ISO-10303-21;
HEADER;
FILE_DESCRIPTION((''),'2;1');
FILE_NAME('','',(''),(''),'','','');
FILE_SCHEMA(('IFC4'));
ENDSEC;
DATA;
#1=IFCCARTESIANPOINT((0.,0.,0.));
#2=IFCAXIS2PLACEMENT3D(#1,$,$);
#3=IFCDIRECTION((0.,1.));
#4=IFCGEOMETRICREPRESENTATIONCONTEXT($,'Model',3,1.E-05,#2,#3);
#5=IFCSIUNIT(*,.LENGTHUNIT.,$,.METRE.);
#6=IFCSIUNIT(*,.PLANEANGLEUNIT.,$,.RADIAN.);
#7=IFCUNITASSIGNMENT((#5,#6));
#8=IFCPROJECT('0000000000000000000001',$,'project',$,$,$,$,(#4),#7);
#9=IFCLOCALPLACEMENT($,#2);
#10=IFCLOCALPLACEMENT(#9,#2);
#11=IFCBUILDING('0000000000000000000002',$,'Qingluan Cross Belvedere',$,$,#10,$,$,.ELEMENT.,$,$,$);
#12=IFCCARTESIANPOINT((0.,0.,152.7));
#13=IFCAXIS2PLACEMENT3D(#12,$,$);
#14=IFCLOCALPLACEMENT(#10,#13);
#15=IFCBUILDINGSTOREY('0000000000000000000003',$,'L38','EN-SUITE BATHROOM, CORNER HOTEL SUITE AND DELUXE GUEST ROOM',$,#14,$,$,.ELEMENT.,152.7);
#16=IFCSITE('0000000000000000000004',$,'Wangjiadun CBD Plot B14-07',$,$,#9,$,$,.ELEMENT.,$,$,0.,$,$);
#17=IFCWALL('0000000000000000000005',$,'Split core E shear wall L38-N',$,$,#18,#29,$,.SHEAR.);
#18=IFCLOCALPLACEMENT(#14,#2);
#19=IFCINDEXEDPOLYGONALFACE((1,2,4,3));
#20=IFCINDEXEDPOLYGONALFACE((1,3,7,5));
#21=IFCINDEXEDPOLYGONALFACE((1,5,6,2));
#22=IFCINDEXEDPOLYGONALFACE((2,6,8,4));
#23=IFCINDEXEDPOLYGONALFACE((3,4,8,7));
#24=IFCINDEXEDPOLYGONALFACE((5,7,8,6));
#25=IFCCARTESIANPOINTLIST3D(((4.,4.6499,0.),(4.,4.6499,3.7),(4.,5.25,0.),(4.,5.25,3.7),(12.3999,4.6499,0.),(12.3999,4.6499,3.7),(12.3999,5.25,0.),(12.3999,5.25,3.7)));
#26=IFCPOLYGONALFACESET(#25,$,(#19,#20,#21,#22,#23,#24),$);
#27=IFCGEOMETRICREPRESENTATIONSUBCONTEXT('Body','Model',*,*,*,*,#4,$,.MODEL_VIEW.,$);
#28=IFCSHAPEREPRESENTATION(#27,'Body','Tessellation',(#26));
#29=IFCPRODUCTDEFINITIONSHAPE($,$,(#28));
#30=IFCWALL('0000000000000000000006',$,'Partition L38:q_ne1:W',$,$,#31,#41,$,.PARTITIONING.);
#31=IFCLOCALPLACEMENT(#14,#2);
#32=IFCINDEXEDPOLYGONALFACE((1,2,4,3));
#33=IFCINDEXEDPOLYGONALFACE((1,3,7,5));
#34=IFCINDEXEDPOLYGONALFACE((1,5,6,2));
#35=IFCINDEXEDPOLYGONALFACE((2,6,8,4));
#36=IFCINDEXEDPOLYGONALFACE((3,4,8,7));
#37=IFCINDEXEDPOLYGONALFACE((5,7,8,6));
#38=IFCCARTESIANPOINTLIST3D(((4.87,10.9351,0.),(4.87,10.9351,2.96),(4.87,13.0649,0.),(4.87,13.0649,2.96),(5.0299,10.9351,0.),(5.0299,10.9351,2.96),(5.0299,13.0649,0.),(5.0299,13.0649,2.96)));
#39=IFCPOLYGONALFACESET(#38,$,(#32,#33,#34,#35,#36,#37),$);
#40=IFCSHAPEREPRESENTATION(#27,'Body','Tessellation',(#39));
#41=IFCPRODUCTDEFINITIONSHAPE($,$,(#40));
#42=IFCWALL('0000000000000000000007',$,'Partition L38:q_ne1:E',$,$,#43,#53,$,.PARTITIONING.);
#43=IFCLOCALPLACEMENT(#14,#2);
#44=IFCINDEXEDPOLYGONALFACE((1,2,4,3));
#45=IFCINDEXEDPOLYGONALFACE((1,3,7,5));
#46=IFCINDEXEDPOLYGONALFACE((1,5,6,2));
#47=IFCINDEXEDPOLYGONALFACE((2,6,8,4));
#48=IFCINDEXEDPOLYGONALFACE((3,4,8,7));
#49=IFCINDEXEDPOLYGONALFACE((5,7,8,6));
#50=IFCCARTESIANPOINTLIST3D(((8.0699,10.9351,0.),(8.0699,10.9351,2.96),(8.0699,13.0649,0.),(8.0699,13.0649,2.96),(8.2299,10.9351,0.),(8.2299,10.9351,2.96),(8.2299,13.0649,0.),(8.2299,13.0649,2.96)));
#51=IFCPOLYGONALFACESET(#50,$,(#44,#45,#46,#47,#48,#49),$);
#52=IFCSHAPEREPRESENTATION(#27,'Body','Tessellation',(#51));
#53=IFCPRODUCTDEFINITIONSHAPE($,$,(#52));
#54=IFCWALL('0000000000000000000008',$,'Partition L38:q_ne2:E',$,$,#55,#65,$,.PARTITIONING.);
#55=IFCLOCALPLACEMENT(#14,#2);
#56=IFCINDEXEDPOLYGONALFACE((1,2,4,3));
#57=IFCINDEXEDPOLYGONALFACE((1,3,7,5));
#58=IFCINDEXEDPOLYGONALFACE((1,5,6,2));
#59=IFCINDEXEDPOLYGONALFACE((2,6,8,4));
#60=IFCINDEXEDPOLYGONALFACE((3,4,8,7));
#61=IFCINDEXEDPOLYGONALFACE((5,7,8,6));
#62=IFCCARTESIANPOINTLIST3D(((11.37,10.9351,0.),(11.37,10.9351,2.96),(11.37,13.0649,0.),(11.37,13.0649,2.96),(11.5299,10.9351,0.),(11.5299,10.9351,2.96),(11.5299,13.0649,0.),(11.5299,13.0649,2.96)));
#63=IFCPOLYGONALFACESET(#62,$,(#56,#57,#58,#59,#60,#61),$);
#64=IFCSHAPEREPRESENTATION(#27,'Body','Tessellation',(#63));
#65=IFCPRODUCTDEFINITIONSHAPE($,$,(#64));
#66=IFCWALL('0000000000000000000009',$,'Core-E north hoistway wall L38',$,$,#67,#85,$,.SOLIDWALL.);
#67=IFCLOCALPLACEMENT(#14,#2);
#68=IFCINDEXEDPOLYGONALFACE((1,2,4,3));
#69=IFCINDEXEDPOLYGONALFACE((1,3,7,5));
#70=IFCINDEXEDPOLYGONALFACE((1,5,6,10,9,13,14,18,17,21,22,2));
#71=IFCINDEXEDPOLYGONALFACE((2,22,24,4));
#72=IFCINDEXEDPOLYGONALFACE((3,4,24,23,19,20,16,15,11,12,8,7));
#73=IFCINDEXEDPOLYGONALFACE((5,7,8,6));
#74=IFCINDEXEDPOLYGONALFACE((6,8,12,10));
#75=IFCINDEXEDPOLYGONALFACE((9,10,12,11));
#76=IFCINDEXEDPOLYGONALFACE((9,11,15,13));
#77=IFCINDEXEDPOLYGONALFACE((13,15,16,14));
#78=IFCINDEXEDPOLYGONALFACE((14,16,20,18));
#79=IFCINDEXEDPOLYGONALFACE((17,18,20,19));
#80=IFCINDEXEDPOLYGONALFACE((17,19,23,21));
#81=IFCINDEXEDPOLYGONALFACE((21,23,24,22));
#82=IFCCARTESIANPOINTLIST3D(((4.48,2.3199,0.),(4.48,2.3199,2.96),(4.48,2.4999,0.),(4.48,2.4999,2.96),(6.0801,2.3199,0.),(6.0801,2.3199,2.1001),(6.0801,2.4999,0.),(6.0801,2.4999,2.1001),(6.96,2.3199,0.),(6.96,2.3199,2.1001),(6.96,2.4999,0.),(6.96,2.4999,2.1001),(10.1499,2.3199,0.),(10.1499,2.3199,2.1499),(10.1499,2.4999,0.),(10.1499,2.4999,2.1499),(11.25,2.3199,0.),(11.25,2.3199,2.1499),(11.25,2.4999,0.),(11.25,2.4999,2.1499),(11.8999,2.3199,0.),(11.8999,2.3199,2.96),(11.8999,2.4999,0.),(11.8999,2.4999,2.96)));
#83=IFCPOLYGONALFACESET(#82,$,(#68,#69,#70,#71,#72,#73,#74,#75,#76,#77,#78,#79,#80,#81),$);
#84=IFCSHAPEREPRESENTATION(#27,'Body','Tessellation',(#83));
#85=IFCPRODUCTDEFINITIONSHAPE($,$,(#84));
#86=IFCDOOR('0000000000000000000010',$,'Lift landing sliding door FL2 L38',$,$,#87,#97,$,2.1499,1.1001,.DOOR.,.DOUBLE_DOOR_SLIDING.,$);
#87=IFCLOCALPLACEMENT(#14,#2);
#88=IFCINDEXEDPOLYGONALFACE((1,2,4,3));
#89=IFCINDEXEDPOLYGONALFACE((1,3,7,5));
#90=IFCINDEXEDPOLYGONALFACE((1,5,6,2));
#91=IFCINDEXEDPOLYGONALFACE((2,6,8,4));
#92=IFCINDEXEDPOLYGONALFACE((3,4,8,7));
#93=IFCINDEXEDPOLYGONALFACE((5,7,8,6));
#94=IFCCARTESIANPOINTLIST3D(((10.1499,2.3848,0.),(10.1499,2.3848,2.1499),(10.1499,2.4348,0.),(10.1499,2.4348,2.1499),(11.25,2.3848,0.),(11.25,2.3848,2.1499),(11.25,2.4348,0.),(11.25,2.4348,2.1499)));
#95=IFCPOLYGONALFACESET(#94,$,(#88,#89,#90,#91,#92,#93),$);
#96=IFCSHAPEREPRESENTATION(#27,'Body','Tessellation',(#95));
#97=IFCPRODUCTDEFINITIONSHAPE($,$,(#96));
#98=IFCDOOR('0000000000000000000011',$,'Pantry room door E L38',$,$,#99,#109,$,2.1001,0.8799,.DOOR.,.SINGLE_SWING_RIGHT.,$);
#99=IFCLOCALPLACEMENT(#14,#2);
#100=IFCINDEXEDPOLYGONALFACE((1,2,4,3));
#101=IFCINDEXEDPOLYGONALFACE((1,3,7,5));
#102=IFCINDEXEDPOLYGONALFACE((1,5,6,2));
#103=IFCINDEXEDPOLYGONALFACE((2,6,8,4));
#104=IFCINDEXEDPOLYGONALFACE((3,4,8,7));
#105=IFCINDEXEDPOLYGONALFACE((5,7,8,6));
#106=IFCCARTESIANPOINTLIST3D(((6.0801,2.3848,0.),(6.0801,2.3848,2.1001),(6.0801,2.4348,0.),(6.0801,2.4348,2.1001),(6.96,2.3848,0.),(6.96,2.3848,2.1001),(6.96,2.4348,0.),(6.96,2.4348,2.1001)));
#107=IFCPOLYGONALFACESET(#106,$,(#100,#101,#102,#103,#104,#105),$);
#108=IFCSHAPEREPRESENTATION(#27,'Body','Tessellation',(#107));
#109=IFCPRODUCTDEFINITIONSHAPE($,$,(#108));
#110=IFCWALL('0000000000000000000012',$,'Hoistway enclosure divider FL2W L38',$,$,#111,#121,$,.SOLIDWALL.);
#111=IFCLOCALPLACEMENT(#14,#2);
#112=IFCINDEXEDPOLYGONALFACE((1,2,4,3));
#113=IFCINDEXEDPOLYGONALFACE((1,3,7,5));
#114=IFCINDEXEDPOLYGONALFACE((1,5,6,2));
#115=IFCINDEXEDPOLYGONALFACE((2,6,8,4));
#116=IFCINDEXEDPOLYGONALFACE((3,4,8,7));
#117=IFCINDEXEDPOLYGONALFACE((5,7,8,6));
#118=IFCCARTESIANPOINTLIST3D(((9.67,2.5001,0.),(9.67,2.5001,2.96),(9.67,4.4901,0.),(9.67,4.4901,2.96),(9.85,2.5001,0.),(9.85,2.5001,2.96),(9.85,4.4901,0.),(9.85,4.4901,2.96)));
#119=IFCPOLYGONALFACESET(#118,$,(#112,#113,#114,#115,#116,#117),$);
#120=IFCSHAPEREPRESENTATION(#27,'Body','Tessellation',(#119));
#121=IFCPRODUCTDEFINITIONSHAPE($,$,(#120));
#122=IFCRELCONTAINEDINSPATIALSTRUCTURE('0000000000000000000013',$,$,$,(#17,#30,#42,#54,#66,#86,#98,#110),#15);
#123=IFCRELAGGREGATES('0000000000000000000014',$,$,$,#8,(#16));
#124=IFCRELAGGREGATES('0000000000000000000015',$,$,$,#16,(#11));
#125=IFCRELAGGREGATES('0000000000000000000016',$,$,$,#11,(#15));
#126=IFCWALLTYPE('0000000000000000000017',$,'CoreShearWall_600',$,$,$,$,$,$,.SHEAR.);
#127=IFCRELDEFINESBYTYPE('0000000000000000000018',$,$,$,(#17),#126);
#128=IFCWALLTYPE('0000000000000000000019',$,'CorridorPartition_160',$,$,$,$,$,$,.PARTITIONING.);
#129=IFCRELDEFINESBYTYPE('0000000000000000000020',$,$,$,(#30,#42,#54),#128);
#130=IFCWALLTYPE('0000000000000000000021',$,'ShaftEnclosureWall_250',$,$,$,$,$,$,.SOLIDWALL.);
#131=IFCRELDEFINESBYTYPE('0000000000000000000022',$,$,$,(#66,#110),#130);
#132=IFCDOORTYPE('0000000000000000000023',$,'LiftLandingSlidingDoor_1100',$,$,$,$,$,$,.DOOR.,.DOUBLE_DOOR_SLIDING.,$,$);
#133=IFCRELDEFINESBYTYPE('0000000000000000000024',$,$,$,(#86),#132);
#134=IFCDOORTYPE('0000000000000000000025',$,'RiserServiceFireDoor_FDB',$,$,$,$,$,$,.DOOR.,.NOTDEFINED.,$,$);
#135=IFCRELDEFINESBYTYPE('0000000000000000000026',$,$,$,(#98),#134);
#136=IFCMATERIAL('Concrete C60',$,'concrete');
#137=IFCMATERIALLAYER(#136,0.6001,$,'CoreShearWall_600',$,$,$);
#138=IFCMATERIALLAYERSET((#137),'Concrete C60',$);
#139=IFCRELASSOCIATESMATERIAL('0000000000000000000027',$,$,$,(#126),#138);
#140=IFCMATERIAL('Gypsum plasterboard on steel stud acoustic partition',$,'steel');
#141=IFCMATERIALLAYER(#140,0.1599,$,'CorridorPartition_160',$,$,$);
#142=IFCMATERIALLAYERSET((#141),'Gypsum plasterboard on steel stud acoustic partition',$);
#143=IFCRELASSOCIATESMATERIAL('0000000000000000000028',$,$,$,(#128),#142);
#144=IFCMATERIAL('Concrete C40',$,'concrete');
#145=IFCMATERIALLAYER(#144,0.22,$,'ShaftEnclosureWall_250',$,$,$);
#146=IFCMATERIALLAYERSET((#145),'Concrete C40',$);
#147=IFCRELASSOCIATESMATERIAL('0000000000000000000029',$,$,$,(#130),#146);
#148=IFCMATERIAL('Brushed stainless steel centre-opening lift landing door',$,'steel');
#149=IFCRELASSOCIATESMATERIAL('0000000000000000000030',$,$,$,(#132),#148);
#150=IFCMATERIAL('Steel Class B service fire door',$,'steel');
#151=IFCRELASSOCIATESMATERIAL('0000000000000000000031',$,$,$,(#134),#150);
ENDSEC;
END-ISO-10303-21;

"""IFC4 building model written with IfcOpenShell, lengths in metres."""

from ifc_helpers import new_model, si_unit, direction, frame, frame_2d, origin, place, context, subcontext, project, spatial, rectangle, extrude, material, layer, layer_set, type_object, element, fill, save


model = new_model("IFC4")

# Units and contexts
model_context = context("Model", 3, precision=1e-05, world=origin(), true_north=direction((0.0, 1.0)))
body_context = subcontext(model_context, "Body", "Model", "MODEL_VIEW")
ifc_project = project(units=[si_unit("LENGTHUNIT", "METRE"), si_unit("PLANEANGLEUNIT", "RADIAN")], contexts=[model_context])

# Site, building, storey
site_placement = place(None, origin())
site = spatial("IfcSite", under=ifc_project, at=site_placement, Name="Wangjiadun CBD Plot B14-07", CompositionType="ELEMENT", RefElevation=0.0)
building_placement = place(site_placement, origin())
building = spatial("IfcBuilding", under=site, at=building_placement, Name="Qingluan Cross Belvedere", CompositionType="ELEMENT")
storey_placement = place(building_placement, frame((0.0, 0.0, 152.7)))
storey = spatial("IfcBuildingStorey", under=building, at=storey_placement, Name="L38", Description="EN-SUITE BATHROOM, CORNER HOTEL SUITE AND DELUXE GUEST ROOM", CompositionType="ELEMENT", Elevation=152.7)

# Wall
ifc_material_1 = material(Name="Concrete C60", Category="concrete")
ifc_layer_1 = layer(ifc_material_1, 0.6001, Name="CoreShearWall_600")
ifc_layer_set_1 = layer_set([ifc_layer_1], Name="Concrete C60")
wall_type_1 = type_object("IfcWallType", Name="CoreShearWall_600", PredefinedType="SHEAR", material=ifc_layer_set_1)
wall_1_placement = place(storey_placement, frame((4.0, 4.95, 0.0), z_axis=(0.0, 0.0, 1.0), x_axis=(1.0, 0.0, 0.0)))
element("IfcWall", 1, at=wall_1_placement, inside=storey, type_object=wall_type_1, Name="Split core E shear wall L38-N", PredefinedType="SHEAR", context=body_context, shape_type="SweptSolid", body=[
    extrude(rectangle(XDim=8.3999, YDim=0.6001, at=frame_2d((4.2, 0.0))), origin(), (0.0, 0.0, 1.0), 3.7),
])

# Shared definitions
ifc_material_2 = material(Name="Gypsum plasterboard on steel stud acoustic partition", Category="steel")
ifc_layer_2 = layer(ifc_material_2, 0.1599, Name="CorridorPartition_160")
ifc_layer_set_2 = layer_set([ifc_layer_2], Name="Gypsum plasterboard on steel stud acoustic partition")
wall_type_2 = type_object("IfcWallType", Name="CorridorPartition_160", PredefinedType="PARTITIONING", material=ifc_layer_set_2)

# Walls
for number, where, z_axis, x_axis, name in (
    (2, (4.95, 10.9351, 0.0), (0.0, 0.0, 1.0), (0.0, 1.0, 0.0), "Partition L38:q_ne1:W"),
    (3, (8.1499, 10.9351, 0.0), (0.0, 0.0, 1.0), (0.0, 1.0, 0.0), "Partition L38:q_ne1:E"),
):
    element("IfcWall", number, at=place(storey_placement, frame(where, z_axis=z_axis, x_axis=x_axis)), inside=storey, type_object=wall_type_2, Name=name, PredefinedType="PARTITIONING", context=body_context, shape_type="SweptSolid", body=[
        extrude(rectangle(XDim=2.1299, YDim=0.1599, at=frame_2d((1.0649, 0.0))), origin(), (0.0, 0.0, 1.0), 2.96),
    ])

# Wall
wall_2_placement = place(storey_placement, frame((11.45, 10.9351, 0.0), z_axis=(0.0, 0.0, 1.0), x_axis=(0.0, 1.0, 0.0)))
element("IfcWall", 4, at=wall_2_placement, inside=storey, type_object=wall_type_2, Name="Partition L38:q_ne2:E", PredefinedType="PARTITIONING", context=body_context, shape_type="SweptSolid", body=[
    extrude(rectangle(XDim=2.1299, YDim=0.1599, at=frame_2d((1.0649, 0.0))), origin(), (0.0, 0.0, 1.0), 2.96),
])

# Wall, openings, doors
ifc_material_3 = material(Name="Concrete C40", Category="concrete")
ifc_layer_3 = layer(ifc_material_3, 0.22, Name="ShaftEnclosureWall_250")
ifc_layer_set_3 = layer_set([ifc_layer_3], Name="Concrete C40")
wall_type_3 = type_object("IfcWallType", Name="ShaftEnclosureWall_250", PredefinedType="SOLIDWALL", material=ifc_layer_set_3)
wall_3_placement = place(storey_placement, frame((4.48, 2.4099, 0.0), z_axis=(0.0, 0.0, 1.0), x_axis=(1.0, 0.0, 0.0)))
wall_3 = element("IfcWall", 5, at=wall_3_placement, inside=storey, type_object=wall_type_3, Name="Core-E north hoistway wall L38", PredefinedType="SOLIDWALL", context=body_context, shape_type="SweptSolid", body=[
    extrude(rectangle(XDim=7.4199, YDim=0.1799, at=frame_2d((3.71, 0.0))), origin(), (0.0, 0.0, 1.0), 2.96),
])
opening_1_placement = place(wall_3_placement, frame((5.6699, 0.0, 0.0)))
opening_1 = element("IfcOpeningElement", 6, at=opening_1_placement, cuts=wall_3, PredefinedType="OPENING", context=body_context, shape_type="SweptSolid", body=[
    extrude(rectangle(XDim=1.1001, YDim=2.1499, at=frame_2d((0.55, 1.075))), frame((0.0, 0.0999, 0.0), z_axis=(0.0, -1.0, 0.0), x_axis=(1.0, 0.0, 0.0)), (0.0, 0.0, 1.0), 0.2),
])
opening_2_placement = place(wall_3_placement, frame((1.6001, 0.0, 0.0)))
opening_2 = element("IfcOpeningElement", 7, at=opening_2_placement, cuts=wall_3, PredefinedType="OPENING", context=body_context, shape_type="SweptSolid", body=[
    extrude(rectangle(XDim=0.8799, YDim=2.1001, at=frame_2d((0.4399, 1.05))), frame((0.0, 0.0999, 0.0), z_axis=(0.0, -1.0, 0.0), x_axis=(1.0, 0.0, 0.0)), (0.0, 0.0, 1.0), 0.2),
])
ifc_material_4 = material(Name="Brushed stainless steel centre-opening lift landing door", Category="steel")
door_type_1 = type_object("IfcDoorType", Name="LiftLandingSlidingDoor_1100", OperationType="DOUBLE_DOOR_SLIDING", PredefinedType="DOOR", material=ifc_material_4)
door_1_placement = place(opening_1_placement, origin())
door_1 = element("IfcDoor", 8, at=door_1_placement, inside=storey, type_object=door_type_1, Name="Lift landing sliding door FL2 L38", OperationType="DOUBLE_DOOR_SLIDING", OverallHeight=2.1499, OverallWidth=1.1001, PredefinedType="DOOR", context=body_context, shape_type="SweptSolid", body=[
    extrude(rectangle(XDim=1.1001, YDim=2.1499, at=frame_2d((0.55, 1.075))), frame((0.0, 0.0249, 0.0), z_axis=(0.0, -1.0, 0.0), x_axis=(1.0, 0.0, 0.0)), (0.0, 0.0, 1.0), 0.05),
])
fill(opening_1, door_1)
ifc_material_5 = material(Name="Steel Class B service fire door", Category="steel")
door_type_2 = type_object("IfcDoorType", Name="RiserServiceFireDoor_FDB", OperationType="NOTDEFINED", PredefinedType="DOOR", material=ifc_material_5)
door_2_placement = place(opening_2_placement, origin())
door_2 = element("IfcDoor", 9, at=door_2_placement, inside=storey, type_object=door_type_2, Name="Pantry room door E L38", OperationType="SINGLE_SWING_RIGHT", OverallHeight=2.1001, OverallWidth=0.8799, PredefinedType="DOOR", context=body_context, shape_type="SweptSolid", body=[
    extrude(rectangle(XDim=0.8799, YDim=2.1001, at=frame_2d((0.4399, 1.05))), frame((0.0, 0.0249, 0.0), z_axis=(0.0, -1.0, 0.0), x_axis=(1.0, 0.0, 0.0)), (0.0, 0.0, 1.0), 0.05),
])
fill(opening_2, door_2)

# Wall
wall_4_placement = place(storey_placement, frame((9.76, 2.5, 0.0), z_axis=(0.0, 0.0, 1.0), x_axis=(0.0, 1.0, 0.0)))
element("IfcWall", 10, at=wall_4_placement, inside=storey, type_object=wall_type_3, Name="Hoistway enclosure divider FL2W L38", PredefinedType="SOLIDWALL", context=body_context, shape_type="SweptSolid", body=[
    extrude(rectangle(XDim=1.99, YDim=0.1799, at=frame_2d((0.9951, 0.0))), origin(), (0.0, 0.0, 1.0), 2.96),
])

save(model, "model.ifc")
